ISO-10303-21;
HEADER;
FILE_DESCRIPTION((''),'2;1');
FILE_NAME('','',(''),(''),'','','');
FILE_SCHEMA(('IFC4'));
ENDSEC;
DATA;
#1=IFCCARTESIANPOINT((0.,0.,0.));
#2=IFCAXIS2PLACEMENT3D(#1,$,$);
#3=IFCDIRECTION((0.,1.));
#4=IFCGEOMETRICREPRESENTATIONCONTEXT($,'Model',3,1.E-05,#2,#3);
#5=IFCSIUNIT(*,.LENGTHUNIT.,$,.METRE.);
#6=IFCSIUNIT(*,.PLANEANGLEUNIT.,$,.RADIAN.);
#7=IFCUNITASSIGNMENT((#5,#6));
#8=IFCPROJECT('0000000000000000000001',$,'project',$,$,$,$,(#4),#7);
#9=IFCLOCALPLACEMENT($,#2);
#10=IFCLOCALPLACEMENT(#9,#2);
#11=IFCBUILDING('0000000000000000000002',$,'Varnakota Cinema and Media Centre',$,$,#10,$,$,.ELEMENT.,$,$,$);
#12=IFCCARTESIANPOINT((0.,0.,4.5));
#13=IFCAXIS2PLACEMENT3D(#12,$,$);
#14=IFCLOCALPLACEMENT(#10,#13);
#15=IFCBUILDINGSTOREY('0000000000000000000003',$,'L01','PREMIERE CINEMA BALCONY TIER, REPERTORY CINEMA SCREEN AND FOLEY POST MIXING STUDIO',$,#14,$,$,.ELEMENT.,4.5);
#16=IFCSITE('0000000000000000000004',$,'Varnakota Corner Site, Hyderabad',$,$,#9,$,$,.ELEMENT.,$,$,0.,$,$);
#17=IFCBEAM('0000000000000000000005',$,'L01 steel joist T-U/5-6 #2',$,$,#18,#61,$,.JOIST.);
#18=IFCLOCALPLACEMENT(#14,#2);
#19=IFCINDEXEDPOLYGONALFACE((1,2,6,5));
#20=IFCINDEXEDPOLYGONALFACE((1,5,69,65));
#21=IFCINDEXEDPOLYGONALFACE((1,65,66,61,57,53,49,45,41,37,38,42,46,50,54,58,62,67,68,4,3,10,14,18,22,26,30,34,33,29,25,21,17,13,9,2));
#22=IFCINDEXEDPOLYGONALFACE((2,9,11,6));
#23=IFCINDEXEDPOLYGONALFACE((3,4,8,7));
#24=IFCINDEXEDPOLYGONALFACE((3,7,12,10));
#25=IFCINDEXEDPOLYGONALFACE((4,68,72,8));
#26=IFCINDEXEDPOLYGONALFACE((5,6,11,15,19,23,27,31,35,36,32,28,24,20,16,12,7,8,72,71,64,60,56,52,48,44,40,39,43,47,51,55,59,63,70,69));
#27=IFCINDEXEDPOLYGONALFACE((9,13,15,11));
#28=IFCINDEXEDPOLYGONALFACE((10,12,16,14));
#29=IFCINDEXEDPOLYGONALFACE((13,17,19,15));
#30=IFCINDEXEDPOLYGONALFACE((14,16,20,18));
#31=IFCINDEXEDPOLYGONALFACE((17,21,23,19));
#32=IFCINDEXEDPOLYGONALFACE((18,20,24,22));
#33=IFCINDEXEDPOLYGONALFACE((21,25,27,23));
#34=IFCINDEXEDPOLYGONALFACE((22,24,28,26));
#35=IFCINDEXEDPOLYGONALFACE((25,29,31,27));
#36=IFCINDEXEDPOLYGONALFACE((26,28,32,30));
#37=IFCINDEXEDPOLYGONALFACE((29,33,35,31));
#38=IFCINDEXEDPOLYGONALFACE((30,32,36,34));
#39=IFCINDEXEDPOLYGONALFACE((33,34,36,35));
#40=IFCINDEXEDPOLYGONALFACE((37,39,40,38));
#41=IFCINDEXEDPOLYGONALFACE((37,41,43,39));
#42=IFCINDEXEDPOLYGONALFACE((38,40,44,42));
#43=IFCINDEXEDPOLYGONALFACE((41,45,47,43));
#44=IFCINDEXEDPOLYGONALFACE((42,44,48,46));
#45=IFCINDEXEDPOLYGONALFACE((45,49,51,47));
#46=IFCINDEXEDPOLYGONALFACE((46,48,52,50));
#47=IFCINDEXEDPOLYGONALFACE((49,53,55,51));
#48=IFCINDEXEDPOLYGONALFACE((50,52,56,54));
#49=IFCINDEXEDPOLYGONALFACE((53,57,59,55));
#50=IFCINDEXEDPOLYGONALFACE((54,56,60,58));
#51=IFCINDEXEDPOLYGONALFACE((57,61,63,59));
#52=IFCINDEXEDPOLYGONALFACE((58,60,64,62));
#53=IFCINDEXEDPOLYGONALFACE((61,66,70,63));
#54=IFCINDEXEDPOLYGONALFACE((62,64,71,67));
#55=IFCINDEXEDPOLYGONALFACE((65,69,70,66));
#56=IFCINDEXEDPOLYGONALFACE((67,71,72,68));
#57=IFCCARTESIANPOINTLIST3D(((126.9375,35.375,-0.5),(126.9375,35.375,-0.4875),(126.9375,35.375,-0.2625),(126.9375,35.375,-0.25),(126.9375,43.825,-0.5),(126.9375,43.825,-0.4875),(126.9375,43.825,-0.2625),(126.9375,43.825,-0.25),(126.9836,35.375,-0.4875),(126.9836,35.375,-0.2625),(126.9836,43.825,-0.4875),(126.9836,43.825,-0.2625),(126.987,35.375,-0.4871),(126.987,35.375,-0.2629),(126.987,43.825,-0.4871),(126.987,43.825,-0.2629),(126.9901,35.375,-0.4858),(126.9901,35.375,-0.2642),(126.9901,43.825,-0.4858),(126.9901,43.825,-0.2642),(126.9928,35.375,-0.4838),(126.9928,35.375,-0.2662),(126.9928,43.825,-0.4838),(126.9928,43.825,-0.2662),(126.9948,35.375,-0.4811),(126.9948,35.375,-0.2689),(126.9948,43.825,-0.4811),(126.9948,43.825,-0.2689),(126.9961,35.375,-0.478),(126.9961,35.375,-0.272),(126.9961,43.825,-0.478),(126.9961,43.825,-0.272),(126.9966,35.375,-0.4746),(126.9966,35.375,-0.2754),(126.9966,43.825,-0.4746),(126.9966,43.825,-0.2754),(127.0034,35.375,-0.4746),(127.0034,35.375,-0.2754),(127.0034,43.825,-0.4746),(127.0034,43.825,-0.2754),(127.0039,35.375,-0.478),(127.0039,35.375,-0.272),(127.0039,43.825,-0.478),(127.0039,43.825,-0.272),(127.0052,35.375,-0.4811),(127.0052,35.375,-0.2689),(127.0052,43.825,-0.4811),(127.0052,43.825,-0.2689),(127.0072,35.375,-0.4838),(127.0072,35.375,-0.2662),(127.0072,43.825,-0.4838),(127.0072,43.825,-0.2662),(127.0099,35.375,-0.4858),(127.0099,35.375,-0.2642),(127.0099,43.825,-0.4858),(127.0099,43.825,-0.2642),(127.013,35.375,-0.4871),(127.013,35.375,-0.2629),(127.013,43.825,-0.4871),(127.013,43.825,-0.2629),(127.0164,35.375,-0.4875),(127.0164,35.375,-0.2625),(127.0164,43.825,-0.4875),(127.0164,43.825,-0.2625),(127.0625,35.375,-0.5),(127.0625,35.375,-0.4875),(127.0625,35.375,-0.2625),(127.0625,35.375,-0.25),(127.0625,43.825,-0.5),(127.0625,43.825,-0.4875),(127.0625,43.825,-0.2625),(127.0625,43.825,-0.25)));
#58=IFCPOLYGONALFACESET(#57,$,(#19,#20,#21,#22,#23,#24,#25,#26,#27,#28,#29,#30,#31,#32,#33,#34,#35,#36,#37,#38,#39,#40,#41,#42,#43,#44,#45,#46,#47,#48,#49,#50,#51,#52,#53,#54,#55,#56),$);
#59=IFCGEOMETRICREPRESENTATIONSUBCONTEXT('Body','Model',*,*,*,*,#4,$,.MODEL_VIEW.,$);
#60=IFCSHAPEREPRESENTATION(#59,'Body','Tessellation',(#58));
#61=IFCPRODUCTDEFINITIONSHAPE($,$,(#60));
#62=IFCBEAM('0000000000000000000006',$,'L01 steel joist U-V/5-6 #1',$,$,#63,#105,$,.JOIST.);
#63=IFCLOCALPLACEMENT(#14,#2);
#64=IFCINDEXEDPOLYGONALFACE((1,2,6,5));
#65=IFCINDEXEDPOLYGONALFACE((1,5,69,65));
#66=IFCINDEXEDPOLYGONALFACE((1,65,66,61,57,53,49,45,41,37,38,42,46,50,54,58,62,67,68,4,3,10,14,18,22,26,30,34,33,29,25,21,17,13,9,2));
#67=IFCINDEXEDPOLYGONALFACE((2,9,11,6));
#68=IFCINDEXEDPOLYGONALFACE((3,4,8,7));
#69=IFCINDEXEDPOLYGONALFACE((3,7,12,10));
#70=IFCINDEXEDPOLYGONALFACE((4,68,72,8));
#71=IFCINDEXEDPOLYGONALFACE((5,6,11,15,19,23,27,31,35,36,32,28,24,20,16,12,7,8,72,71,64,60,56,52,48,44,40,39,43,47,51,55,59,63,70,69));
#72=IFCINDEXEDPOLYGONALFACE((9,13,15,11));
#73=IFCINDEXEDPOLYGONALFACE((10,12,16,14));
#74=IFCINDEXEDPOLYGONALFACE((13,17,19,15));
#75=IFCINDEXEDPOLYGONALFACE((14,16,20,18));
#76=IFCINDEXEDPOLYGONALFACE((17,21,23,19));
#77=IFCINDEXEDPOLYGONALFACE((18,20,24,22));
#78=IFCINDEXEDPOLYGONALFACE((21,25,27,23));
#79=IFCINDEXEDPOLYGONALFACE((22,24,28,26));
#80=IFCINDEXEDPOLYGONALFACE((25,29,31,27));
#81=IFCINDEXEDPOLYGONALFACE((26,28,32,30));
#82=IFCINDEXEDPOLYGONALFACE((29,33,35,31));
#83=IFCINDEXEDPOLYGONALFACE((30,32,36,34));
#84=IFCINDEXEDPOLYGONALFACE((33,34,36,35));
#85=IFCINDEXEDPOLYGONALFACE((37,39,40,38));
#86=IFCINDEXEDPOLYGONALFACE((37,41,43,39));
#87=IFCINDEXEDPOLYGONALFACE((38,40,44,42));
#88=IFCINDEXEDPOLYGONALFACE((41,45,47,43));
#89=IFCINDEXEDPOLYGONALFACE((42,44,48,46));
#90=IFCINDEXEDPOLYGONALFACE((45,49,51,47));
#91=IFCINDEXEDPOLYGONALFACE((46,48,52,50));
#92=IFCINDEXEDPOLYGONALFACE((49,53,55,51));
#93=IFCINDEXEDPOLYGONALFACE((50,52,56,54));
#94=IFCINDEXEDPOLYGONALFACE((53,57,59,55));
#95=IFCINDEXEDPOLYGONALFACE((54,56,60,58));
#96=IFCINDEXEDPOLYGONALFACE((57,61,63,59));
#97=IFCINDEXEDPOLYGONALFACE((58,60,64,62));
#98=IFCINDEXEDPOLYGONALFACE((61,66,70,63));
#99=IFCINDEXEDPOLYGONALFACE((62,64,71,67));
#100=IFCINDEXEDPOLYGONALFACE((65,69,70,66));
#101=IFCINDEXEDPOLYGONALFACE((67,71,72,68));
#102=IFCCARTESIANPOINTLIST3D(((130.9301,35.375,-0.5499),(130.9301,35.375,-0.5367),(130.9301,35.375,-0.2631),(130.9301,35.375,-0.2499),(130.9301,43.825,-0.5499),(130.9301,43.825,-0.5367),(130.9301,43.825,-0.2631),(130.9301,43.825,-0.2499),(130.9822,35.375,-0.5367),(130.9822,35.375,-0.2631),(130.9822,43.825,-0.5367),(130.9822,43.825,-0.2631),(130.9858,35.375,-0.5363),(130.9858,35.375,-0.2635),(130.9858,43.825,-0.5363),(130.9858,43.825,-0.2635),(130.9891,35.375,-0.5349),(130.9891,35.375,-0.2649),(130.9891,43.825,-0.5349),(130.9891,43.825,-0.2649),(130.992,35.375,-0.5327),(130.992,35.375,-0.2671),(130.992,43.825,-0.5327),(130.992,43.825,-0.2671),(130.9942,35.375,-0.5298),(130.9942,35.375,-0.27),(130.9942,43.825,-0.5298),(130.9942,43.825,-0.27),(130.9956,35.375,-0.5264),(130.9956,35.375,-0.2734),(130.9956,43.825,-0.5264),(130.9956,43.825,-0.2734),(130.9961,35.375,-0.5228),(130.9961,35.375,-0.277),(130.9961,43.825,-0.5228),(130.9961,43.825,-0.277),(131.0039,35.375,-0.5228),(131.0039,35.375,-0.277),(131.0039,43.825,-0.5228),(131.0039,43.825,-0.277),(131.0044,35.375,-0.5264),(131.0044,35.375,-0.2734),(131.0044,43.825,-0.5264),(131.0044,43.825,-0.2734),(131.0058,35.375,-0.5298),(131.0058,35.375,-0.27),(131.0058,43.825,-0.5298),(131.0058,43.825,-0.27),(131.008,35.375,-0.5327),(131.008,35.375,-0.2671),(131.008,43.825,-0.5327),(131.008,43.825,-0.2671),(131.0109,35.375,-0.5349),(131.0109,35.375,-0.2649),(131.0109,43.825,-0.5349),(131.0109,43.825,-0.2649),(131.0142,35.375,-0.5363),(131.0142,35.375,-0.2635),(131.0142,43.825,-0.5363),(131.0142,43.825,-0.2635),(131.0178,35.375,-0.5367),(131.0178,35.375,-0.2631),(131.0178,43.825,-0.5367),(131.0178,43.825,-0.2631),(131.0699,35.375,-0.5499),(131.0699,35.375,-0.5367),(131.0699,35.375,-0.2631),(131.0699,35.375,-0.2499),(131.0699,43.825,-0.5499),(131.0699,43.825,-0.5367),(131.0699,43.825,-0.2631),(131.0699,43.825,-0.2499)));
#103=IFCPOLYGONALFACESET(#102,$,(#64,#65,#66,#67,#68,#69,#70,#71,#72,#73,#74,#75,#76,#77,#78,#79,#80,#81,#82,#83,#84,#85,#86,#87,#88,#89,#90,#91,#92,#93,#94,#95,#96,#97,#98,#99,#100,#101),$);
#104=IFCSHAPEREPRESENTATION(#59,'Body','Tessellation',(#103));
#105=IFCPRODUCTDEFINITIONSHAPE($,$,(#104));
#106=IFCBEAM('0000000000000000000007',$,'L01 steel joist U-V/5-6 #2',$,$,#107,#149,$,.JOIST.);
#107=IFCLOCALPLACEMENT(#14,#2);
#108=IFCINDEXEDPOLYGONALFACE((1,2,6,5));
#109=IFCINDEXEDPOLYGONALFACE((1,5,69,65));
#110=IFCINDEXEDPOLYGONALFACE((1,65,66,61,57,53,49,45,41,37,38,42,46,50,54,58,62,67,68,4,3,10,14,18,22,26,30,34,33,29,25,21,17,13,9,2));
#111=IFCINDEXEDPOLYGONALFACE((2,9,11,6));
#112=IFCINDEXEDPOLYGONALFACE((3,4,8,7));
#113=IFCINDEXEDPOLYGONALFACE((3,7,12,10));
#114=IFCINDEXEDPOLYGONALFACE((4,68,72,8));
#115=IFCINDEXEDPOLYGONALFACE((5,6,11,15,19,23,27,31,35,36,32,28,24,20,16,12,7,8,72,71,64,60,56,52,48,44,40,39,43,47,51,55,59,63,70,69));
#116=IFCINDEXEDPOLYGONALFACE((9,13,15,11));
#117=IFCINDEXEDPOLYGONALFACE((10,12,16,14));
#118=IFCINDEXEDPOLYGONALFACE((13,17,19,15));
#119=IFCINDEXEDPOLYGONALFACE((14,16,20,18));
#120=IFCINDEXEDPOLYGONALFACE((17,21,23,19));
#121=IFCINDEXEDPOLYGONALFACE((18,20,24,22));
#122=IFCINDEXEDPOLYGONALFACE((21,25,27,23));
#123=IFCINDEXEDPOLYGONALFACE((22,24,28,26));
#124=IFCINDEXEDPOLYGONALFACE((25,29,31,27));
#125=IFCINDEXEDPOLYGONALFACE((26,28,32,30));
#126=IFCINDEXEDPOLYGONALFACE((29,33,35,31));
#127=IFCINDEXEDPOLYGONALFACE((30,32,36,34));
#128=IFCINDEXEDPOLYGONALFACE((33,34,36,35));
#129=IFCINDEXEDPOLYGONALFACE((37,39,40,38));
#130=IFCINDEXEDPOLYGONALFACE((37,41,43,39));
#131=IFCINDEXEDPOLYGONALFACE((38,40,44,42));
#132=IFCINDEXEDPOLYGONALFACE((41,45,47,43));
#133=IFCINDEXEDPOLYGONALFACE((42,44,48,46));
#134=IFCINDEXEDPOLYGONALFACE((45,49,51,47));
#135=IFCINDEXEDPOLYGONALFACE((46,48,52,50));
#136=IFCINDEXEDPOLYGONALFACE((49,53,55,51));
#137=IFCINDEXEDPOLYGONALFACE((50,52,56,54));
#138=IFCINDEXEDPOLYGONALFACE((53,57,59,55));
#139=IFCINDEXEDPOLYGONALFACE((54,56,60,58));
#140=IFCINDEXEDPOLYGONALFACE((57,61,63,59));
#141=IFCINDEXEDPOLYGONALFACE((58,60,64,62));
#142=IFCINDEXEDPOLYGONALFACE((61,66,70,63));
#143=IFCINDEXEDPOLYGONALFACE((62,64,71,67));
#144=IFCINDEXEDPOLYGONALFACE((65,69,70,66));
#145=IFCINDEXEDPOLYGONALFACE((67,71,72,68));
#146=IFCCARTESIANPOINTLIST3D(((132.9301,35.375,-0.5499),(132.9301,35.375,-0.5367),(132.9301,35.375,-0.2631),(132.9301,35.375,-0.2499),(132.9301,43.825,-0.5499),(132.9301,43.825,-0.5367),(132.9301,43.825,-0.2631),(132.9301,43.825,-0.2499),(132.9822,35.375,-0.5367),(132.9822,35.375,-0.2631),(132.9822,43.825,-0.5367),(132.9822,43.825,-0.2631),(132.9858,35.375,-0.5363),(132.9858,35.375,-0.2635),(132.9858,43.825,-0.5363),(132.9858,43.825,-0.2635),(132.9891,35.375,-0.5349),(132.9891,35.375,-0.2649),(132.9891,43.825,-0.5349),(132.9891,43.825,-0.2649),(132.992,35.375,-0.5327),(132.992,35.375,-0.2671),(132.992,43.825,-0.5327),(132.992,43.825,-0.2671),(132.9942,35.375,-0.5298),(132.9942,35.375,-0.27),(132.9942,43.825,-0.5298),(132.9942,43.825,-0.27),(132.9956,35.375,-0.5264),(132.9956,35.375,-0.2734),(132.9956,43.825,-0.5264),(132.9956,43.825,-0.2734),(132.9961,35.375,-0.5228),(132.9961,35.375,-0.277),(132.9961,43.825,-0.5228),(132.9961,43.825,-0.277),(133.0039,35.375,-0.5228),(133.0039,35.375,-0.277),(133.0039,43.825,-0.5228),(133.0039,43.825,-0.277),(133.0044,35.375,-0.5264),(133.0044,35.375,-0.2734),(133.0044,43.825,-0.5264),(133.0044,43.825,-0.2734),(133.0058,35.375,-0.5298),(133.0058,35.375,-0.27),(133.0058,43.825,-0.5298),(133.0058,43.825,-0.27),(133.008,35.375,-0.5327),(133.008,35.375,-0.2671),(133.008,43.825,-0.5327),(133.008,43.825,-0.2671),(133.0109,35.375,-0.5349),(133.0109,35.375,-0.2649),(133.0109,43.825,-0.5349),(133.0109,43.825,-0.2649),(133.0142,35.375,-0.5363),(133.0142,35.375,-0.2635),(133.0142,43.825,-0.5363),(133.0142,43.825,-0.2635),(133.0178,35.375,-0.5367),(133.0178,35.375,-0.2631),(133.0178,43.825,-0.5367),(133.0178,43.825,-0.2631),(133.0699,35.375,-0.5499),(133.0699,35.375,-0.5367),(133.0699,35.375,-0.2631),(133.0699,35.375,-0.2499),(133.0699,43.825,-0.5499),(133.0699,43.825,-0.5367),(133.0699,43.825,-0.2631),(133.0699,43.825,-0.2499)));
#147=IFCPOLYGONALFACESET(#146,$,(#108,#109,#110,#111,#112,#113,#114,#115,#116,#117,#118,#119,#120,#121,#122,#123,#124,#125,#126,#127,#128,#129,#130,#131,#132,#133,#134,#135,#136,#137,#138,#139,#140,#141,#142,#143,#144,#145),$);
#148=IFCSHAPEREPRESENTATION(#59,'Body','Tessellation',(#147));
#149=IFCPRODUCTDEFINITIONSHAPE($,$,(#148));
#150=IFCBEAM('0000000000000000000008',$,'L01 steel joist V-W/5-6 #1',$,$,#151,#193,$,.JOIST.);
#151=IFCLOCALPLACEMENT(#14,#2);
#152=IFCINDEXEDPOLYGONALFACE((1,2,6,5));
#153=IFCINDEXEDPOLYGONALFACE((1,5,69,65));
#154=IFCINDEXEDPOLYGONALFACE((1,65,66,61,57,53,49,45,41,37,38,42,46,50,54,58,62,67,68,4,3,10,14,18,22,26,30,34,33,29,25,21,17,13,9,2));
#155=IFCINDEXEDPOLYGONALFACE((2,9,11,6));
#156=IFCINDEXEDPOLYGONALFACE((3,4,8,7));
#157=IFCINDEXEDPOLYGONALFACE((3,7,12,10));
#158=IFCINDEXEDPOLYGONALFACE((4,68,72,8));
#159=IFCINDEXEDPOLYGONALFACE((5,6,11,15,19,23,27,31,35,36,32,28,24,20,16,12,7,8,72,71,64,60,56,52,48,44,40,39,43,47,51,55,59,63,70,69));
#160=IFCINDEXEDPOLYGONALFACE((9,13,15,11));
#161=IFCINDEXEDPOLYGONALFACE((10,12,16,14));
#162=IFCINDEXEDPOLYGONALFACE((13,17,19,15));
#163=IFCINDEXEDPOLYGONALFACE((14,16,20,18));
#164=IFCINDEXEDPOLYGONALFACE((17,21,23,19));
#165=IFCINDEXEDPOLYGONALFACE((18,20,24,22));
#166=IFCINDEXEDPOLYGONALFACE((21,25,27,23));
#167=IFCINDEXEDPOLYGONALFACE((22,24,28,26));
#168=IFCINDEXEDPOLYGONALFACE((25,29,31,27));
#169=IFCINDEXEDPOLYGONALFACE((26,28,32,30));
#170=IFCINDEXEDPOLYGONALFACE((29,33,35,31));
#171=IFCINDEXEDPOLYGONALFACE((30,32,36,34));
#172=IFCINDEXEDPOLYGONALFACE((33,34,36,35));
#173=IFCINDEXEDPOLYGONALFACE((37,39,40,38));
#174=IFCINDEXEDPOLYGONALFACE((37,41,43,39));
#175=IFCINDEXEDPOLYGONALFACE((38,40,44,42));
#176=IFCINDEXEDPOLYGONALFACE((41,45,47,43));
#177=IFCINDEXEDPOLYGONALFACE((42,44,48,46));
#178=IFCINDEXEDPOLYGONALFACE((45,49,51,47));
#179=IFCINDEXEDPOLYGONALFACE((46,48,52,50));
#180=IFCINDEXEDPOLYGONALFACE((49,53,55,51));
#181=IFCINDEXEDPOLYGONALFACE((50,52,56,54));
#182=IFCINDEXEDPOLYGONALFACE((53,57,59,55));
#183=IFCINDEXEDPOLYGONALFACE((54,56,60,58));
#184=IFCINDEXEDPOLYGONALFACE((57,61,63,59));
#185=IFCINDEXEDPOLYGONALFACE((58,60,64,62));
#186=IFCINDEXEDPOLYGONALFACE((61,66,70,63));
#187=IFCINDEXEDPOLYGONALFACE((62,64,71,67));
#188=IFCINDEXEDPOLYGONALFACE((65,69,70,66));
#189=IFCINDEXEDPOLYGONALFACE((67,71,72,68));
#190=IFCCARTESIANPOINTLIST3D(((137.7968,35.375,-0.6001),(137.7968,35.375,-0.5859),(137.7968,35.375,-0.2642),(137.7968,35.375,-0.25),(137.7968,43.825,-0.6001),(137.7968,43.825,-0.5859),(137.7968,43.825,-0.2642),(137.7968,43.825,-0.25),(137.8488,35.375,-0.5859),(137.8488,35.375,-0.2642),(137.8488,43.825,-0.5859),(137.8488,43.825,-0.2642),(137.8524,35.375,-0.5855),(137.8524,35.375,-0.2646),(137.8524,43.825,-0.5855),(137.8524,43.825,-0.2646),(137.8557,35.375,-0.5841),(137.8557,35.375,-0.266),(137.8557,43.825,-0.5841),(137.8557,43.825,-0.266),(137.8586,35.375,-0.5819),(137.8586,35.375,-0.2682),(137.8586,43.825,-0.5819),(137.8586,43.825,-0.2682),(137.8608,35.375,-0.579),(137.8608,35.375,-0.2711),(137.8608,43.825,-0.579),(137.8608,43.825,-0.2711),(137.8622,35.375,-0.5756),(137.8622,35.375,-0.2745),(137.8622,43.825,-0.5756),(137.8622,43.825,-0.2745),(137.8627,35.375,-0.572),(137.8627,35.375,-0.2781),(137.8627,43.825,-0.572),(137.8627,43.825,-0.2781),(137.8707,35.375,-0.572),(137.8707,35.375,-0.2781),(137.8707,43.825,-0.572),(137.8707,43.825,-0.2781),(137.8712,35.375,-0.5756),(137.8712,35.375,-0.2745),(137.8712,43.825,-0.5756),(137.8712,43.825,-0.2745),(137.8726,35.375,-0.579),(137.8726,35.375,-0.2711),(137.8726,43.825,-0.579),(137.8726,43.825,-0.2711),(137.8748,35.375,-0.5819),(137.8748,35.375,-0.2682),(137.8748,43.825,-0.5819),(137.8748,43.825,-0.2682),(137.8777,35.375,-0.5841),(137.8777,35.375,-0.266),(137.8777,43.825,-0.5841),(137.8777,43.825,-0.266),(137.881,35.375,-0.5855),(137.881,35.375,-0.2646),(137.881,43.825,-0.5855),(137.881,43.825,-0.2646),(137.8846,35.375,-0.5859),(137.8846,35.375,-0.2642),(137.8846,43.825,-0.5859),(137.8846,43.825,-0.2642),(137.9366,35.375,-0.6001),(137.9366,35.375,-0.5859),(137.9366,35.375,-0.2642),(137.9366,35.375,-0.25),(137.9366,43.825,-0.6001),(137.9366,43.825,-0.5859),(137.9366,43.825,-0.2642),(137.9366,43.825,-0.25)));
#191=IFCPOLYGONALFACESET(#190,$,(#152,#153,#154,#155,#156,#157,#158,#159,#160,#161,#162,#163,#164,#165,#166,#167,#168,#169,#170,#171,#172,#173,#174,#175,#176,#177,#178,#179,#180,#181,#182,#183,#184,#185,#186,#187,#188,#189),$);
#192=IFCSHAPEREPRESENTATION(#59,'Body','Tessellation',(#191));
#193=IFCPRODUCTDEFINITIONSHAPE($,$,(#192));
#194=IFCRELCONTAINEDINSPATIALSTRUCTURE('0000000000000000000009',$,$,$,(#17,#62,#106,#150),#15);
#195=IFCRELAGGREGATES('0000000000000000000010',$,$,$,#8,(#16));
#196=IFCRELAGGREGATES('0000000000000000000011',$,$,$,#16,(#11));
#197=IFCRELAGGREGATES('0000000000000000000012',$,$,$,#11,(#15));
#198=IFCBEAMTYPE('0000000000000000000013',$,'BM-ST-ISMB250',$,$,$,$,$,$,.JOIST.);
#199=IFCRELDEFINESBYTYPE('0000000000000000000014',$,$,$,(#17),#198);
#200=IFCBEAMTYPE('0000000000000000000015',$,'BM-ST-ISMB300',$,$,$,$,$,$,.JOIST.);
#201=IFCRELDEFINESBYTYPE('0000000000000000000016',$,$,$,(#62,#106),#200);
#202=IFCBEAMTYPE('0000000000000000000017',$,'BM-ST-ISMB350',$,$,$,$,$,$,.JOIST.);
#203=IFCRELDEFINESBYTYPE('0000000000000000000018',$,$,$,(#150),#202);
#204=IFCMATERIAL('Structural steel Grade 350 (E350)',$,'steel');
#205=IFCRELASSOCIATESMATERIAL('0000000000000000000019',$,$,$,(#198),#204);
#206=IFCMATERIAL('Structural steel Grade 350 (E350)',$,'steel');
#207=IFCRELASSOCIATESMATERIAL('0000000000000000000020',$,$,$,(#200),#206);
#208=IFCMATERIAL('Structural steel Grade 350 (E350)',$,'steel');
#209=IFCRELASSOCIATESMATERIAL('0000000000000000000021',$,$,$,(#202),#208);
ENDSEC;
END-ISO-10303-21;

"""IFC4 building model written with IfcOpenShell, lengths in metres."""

from ifc_helpers import new_model, si_unit, direction, frame, origin, origin_2d, place, context, subcontext, project, spatial, i_section, extrude, material, material_profile, profile_set, type_object, element, save


model = new_model("IFC4")

# Units and contexts
model_context = context("Model", 3, precision=1e-05, world=origin(), true_north=direction((0.0, 1.0)))
body_context = subcontext(model_context, "Body", "Model", "MODEL_VIEW")
ifc_project = project(units=[si_unit("LENGTHUNIT", "METRE"), si_unit("PLANEANGLEUNIT", "RADIAN")], contexts=[model_context])

# Site, building, storey
site_placement = place(None, origin())
site = spatial("IfcSite", under=ifc_project, at=site_placement, Name="Varnakota Corner Site, Hyderabad", CompositionType="ELEMENT", RefElevation=0.0)
building_placement = place(site_placement, origin())
building = spatial("IfcBuilding", under=site, at=building_placement, Name="Varnakota Cinema and Media Centre", CompositionType="ELEMENT")
storey_placement = place(building_placement, frame((0.0, 0.0, 4.5)))
storey = spatial("IfcBuildingStorey", under=building, at=storey_placement, Name="L01", Description="PREMIERE CINEMA BALCONY TIER, REPERTORY CINEMA SCREEN AND FOLEY POST MIXING STUDIO", CompositionType="ELEMENT", Elevation=4.5)

# Beams
ifc_material_1 = material(Name="Structural steel Grade 350 (E350)", Category="steel")
ifc_material_profile_1 = material_profile(ifc_material_1, i_section(OverallWidth=0.125, OverallDepth=0.25, WebThickness=0.0068, FlangeThickness=0.0125, FilletRadius=0.0129, at=origin_2d()), Name="ISMB 250")
ifc_profile_set_1 = profile_set([ifc_material_profile_1], Name="Structural steel Grade 350 (E350)")
beam_type_1 = type_object("IfcBeamType", Name="BM-ST-ISMB250", PredefinedType="JOIST", material=ifc_profile_set_1)
beam_1_placement = place(storey_placement, frame((127.0, 35.375, -0.375), z_axis=(0.0, 1.0, 0.0), x_axis=(-1.0, 0.0, 0.0)))
element("IfcBeam", 1, at=beam_1_placement, inside=storey, type_object=beam_type_1, Name="L01 steel joist T-U/5-6 #2", PredefinedType="JOIST", context=body_context, shape_type="SweptSolid", body=[
    extrude(i_section(OverallWidth=0.125, OverallDepth=0.25, WebThickness=0.0068, FlangeThickness=0.0125, FilletRadius=0.0129, at=origin_2d()), origin(), (0.0, 0.0, 1.0), 8.45),
])
ifc_material_2 = material(Name="Structural steel Grade 350 (E350)", Category="steel")
ifc_material_profile_2 = material_profile(ifc_material_2, i_section(OverallWidth=0.1399, OverallDepth=0.3, WebThickness=0.0078, FlangeThickness=0.0132, FilletRadius=0.0139, at=origin_2d()), Name="ISMB 300")
ifc_profile_set_2 = profile_set([ifc_material_profile_2], Name="Structural steel Grade 350 (E350)")
beam_type_2 = type_object("IfcBeamType", Name="BM-ST-ISMB300", PredefinedType="JOIST", material=ifc_profile_set_2)
for number, where, z_axis, x_axis, name in (
    (2, (131.0, 35.375, -0.3999), (0.0, 1.0, 0.0), (-1.0, 0.0, 0.0), "L01 steel joist U-V/5-6 #1"),
    (3, (133.0, 35.375, -0.3999), (0.0, 1.0, 0.0), (-1.0, 0.0, 0.0), "L01 steel joist U-V/5-6 #2"),
):
    element("IfcBeam", number, at=place(storey_placement, frame(where, z_axis=z_axis, x_axis=x_axis)), inside=storey, type_object=beam_type_2, Name=name, PredefinedType="JOIST", context=body_context, shape_type="SweptSolid", body=[
        extrude(i_section(OverallWidth=0.1399, OverallDepth=0.3, WebThickness=0.0078, FlangeThickness=0.0132, FilletRadius=0.0139, at=origin_2d()), origin(), (0.0, 0.0, 1.0), 8.45),
    ])
ifc_material_3 = material(Name="Structural steel Grade 350 (E350)", Category="steel")
ifc_material_profile_3 = material_profile(ifc_material_3, i_section(OverallWidth=0.1399, OverallDepth=0.3501, WebThickness=0.0081, FlangeThickness=0.0142, FilletRadius=0.0139, at=origin_2d()), Name="ISMB 350")
ifc_profile_set_3 = profile_set([ifc_material_profile_3], Name="Structural steel Grade 350 (E350)")
beam_type_3 = type_object("IfcBeamType", Name="BM-ST-ISMB350", PredefinedType="JOIST", material=ifc_profile_set_3)
for number, where, z_axis, x_axis, name in (
    (4, (137.8667, 35.375, -0.425), (0.0, 1.0, 0.0), (-1.0, 0.0, 0.0), "L01 steel joist V-W/5-6 #1"),
):
    element("IfcBeam", number, at=place(storey_placement, frame(where, z_axis=z_axis, x_axis=x_axis)), inside=storey, type_object=beam_type_3, Name=name, PredefinedType="JOIST", context=body_context, shape_type="SweptSolid", body=[
        extrude(i_section(OverallWidth=0.1399, OverallDepth=0.3501, WebThickness=0.0081, FlangeThickness=0.0142, FilletRadius=0.0139, at=origin_2d()), origin(), (0.0, 0.0, 1.0), 8.45),
    ])

save(model, "model.ifc")
